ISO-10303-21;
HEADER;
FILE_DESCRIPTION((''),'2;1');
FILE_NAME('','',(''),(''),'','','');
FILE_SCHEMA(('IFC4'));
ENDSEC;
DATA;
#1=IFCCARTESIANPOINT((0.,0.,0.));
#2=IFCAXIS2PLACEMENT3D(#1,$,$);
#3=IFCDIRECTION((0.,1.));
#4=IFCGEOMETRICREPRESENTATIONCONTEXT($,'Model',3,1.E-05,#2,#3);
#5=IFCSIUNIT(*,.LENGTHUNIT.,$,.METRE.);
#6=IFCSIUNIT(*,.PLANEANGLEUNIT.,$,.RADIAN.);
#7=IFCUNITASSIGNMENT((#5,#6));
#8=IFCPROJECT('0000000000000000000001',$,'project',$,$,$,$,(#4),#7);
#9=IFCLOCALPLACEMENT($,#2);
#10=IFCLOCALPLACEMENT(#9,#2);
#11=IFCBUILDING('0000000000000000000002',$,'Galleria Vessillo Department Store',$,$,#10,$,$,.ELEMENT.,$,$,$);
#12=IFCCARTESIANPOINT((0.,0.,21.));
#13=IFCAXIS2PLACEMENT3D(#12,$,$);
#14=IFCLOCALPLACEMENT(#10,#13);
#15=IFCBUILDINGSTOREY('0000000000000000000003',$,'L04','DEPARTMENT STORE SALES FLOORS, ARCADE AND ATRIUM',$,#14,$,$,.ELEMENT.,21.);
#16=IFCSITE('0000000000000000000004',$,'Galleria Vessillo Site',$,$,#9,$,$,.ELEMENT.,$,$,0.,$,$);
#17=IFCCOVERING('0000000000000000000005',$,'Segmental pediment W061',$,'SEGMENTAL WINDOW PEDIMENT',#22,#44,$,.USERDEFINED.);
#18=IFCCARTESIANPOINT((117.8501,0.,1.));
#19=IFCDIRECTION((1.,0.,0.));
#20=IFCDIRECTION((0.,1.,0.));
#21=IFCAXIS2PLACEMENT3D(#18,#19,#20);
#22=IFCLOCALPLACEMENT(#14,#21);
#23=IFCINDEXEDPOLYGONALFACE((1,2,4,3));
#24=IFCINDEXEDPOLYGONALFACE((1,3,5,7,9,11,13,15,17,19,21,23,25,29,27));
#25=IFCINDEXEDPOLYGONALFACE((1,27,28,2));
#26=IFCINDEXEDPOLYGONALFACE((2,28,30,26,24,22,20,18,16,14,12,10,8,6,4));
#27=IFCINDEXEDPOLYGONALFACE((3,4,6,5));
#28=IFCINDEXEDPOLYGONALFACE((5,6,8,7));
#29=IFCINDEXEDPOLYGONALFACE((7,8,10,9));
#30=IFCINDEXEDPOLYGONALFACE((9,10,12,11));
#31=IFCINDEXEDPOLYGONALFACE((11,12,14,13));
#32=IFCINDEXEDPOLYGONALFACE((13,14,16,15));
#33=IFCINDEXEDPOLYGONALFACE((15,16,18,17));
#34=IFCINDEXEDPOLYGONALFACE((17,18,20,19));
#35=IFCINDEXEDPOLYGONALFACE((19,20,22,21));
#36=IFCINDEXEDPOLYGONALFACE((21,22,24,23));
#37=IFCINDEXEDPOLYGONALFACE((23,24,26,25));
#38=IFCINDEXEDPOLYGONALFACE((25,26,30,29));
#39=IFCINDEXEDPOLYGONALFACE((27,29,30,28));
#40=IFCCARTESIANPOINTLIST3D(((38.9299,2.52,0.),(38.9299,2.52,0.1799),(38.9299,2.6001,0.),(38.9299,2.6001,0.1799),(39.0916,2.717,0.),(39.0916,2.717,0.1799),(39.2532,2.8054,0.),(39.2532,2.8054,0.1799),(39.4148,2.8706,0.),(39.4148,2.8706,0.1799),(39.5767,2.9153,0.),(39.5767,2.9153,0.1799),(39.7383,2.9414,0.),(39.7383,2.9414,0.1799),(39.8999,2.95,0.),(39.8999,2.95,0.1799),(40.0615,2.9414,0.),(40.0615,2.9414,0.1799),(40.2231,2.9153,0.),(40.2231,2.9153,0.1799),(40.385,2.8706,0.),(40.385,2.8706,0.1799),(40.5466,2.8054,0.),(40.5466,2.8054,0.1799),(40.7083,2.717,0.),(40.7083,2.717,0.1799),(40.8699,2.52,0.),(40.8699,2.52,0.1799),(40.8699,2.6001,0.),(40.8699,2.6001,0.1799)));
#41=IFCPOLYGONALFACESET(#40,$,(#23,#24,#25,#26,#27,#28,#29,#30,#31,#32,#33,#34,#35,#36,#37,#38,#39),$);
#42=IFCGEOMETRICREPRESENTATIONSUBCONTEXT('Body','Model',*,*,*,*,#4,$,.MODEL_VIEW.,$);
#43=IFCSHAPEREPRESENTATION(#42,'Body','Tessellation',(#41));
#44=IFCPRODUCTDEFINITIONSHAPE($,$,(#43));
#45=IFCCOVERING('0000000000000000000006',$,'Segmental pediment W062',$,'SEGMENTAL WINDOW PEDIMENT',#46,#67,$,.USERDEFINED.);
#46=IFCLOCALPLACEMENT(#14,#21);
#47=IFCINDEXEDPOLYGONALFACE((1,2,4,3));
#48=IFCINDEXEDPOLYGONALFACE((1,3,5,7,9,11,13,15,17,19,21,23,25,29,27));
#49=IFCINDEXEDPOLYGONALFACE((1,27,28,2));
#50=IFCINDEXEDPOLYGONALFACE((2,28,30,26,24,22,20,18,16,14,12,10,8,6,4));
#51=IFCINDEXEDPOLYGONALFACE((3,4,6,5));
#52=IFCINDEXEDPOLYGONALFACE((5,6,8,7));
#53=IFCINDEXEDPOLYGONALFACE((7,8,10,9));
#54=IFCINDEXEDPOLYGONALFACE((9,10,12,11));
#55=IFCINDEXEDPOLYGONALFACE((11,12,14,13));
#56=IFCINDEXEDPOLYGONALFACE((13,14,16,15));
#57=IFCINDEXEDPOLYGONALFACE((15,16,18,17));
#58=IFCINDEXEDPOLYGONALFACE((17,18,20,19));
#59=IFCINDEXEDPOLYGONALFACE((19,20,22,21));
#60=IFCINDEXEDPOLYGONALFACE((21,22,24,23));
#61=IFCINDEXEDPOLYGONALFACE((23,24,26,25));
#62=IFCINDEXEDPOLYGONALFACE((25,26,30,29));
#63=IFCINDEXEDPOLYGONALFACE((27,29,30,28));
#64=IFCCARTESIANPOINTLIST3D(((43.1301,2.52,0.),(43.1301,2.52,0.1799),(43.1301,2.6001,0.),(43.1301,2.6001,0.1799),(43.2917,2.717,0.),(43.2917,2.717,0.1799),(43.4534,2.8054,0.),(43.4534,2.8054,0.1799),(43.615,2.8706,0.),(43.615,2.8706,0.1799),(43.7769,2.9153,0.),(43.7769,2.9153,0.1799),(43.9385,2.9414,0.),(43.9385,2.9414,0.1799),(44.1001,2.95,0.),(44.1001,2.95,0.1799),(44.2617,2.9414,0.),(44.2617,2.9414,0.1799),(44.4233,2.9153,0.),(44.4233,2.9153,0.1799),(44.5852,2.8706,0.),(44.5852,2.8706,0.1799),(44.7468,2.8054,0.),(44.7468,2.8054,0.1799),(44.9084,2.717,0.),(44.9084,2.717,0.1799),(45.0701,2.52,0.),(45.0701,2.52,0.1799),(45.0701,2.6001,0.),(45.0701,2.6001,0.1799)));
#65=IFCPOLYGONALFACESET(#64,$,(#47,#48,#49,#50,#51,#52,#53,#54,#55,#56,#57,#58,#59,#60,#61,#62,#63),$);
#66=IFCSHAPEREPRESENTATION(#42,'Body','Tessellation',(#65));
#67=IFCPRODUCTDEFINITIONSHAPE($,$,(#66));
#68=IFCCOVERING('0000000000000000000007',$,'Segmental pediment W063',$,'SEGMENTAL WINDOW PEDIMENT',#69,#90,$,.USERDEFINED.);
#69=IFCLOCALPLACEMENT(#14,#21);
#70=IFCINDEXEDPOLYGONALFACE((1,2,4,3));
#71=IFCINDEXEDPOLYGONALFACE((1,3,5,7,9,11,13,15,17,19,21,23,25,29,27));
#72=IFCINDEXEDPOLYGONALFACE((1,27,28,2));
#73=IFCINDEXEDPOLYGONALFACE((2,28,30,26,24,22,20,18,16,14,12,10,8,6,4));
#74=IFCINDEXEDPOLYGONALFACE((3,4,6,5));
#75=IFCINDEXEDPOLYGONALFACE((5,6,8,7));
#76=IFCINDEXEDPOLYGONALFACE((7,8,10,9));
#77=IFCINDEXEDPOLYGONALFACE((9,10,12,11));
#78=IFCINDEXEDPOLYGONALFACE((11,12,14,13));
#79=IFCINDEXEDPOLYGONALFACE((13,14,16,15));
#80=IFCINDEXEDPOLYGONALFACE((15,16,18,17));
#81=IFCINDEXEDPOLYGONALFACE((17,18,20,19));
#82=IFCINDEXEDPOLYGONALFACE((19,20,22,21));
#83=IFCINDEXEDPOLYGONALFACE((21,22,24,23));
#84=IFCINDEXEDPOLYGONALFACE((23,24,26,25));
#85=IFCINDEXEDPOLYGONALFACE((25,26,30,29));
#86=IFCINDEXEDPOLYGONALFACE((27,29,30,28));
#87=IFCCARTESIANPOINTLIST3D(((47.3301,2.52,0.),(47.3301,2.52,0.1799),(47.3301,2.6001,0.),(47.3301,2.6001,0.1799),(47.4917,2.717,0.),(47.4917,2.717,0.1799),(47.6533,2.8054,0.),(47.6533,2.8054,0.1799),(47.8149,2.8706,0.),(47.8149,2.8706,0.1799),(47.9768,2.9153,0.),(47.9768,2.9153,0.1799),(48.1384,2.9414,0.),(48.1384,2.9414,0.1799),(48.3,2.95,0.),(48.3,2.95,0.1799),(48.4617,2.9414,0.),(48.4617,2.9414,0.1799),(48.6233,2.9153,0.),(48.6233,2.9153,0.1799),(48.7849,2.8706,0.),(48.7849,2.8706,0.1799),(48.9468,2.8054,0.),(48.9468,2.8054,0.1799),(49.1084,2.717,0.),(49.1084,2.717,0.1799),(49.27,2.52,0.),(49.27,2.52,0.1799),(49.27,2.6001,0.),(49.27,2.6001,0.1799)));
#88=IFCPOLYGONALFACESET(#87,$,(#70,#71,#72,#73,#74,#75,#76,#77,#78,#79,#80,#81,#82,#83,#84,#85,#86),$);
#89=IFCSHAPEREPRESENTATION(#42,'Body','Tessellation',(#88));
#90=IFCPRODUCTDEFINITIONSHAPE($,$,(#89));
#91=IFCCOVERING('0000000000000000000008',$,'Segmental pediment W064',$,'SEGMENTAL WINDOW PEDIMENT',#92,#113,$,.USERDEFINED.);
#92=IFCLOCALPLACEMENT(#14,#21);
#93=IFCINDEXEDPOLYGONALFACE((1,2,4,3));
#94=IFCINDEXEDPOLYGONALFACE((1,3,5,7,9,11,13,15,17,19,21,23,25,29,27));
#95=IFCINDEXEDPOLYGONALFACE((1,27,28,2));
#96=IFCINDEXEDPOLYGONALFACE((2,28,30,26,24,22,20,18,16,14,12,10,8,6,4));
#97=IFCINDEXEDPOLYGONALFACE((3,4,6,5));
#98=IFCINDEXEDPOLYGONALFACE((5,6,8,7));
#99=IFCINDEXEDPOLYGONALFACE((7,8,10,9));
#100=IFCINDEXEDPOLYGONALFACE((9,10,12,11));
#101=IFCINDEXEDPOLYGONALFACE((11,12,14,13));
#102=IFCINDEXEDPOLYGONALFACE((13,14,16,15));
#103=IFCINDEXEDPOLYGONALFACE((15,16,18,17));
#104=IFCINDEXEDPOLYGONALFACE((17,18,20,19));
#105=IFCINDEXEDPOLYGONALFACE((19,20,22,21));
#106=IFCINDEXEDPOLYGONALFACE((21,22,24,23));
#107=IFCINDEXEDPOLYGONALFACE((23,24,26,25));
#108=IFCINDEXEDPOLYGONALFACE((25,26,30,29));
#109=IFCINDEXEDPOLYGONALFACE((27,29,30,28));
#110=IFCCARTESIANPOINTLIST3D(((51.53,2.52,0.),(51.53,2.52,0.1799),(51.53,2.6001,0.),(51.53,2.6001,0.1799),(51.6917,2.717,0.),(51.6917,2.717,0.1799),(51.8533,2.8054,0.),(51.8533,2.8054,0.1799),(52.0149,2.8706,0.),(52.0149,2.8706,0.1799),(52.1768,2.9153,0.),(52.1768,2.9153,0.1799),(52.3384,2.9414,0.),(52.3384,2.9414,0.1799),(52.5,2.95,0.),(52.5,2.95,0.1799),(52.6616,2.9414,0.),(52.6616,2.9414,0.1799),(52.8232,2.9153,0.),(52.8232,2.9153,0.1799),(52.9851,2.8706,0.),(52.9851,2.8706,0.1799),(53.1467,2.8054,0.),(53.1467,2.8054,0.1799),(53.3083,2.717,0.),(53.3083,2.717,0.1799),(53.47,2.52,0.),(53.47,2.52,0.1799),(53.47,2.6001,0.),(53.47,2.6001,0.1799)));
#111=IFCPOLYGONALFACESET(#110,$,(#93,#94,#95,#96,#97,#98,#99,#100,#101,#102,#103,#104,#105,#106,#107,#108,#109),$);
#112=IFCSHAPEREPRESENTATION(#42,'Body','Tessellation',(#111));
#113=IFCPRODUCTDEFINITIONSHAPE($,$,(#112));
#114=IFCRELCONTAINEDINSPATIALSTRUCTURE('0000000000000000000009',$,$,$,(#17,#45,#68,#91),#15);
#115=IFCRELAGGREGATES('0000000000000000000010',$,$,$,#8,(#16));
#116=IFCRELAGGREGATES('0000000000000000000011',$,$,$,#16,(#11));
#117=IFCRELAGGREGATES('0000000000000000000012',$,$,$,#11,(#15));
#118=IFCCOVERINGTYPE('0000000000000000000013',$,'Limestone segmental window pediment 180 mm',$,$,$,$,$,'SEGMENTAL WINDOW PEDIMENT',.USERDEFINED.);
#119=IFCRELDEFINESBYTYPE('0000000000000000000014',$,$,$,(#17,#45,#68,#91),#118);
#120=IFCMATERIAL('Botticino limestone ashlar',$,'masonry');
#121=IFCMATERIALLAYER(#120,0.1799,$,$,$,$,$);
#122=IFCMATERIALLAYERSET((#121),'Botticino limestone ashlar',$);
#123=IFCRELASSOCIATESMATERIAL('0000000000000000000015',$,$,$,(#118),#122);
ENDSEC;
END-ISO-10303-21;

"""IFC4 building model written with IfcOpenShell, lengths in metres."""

from ifc_helpers import new_model, si_unit, direction, frame, origin, place, context, subcontext, project, spatial, polyline, outline, extrude, material, layer, layer_set, type_object, element, save


model = new_model("IFC4")

# Units and contexts
model_context = context("Model", 3, precision=1e-05, world=origin(), true_north=direction((0.0, 1.0)))
body_context = subcontext(model_context, "Body", "Model", "MODEL_VIEW")
ifc_project = project(units=[si_unit("LENGTHUNIT", "METRE"), si_unit("PLANEANGLEUNIT", "RADIAN")], contexts=[model_context])

# Site, building, storey
site_placement = place(None, origin())
site = spatial("IfcSite", under=ifc_project, at=site_placement, Name="Galleria Vessillo Site", CompositionType="ELEMENT", RefElevation=0.0)
building_placement = place(site_placement, origin())
building = spatial("IfcBuilding", under=site, at=building_placement, Name="Galleria Vessillo Department Store", CompositionType="ELEMENT")
storey_placement = place(building_placement, frame((0.0, 0.0, 21.0)))
storey = spatial("IfcBuildingStorey", under=building, at=storey_placement, Name="L04", Description="DEPARTMENT STORE SALES FLOORS, ARCADE AND ATRIUM", CompositionType="ELEMENT", Elevation=21.0)

# Coverings
ifc_material_1 = material(Name="Botticino limestone ashlar", Category="masonry")
ifc_layer_1 = layer(ifc_material_1, 0.1799)
ifc_layer_set_1 = layer_set([ifc_layer_1], Name="Botticino limestone ashlar")
covering_type_1 = type_object("IfcCoveringType", Name="Limestone segmental window pediment 180 mm", ElementType="SEGMENTAL WINDOW PEDIMENT", PredefinedType="USERDEFINED", material=ifc_layer_set_1)
covering_1_placement = place(storey_placement, frame((117.8501, 0.0, 1.0), z_axis=(1.0, 0.0, 0.0), x_axis=(0.0, 1.0, 0.0)))
element("IfcCovering", 1, at=covering_1_placement, inside=storey, type_object=covering_type_1, Name="Segmental pediment W061", ObjectType="SEGMENTAL WINDOW PEDIMENT", PredefinedType="USERDEFINED", context=body_context, shape_type="SweptSolid", body=[
    extrude(outline(polyline([(38.9299, 2.52), (40.8699, 2.52), (40.8699, 2.6001), (40.7083, 2.717), (40.5466, 2.8054), (40.385, 2.8706), (40.2231, 2.9153), (40.0615, 2.9414), (39.8999, 2.95), (39.7383, 2.9414), (39.5767, 2.9153), (39.4148, 2.8706), (39.2532, 2.8054), (39.0916, 2.717), (38.9299, 2.6001), (38.9299, 2.52)])), origin(), (0.0, 0.0, 1.0), 0.1799),
])
covering_2_placement = place(storey_placement, frame((117.8501, 0.0, 1.0), z_axis=(1.0, 0.0, 0.0), x_axis=(0.0, 1.0, 0.0)))
element("IfcCovering", 2, at=covering_2_placement, inside=storey, type_object=covering_type_1, Name="Segmental pediment W062", ObjectType="SEGMENTAL WINDOW PEDIMENT", PredefinedType="USERDEFINED", context=body_context, shape_type="SweptSolid", body=[
    extrude(outline(polyline([(43.1301, 2.52), (45.0701, 2.52), (45.0701, 2.6001), (44.9084, 2.717), (44.7468, 2.8054), (44.5852, 2.8706), (44.4233, 2.9153), (44.2617, 2.9414), (44.1001, 2.95), (43.9385, 2.9414), (43.7769, 2.9153), (43.615, 2.8706), (43.4534, 2.8054), (43.2917, 2.717), (43.1301, 2.6001), (43.1301, 2.52)])), origin(), (0.0, 0.0, 1.0), 0.1799),
])
covering_3_placement = place(storey_placement, frame((117.8501, 0.0, 1.0), z_axis=(1.0, 0.0, 0.0), x_axis=(0.0, 1.0, 0.0)))
element("IfcCovering", 3, at=covering_3_placement, inside=storey, type_object=covering_type_1, Name="Segmental pediment W063", ObjectType="SEGMENTAL WINDOW PEDIMENT", PredefinedType="USERDEFINED", context=body_context, shape_type="SweptSolid", body=[
    extrude(outline(polyline([(47.3301, 2.52), (49.27, 2.52), (49.27, 2.6001), (49.1084, 2.717), (48.9468, 2.8054), (48.7849, 2.8706), (48.6233, 2.9153), (48.4617, 2.9414), (48.3, 2.95), (48.1384, 2.9414), (47.9768, 2.9153), (47.8149, 2.8706), (47.6533, 2.8054), (47.4917, 2.717), (47.3301, 2.6001), (47.3301, 2.52)])), origin(), (0.0, 0.0, 1.0), 0.1799),
])
covering_4_placement = place(storey_placement, frame((117.8501, 0.0, 1.0), z_axis=(1.0, 0.0, 0.0), x_axis=(0.0, 1.0, 0.0)))
element("IfcCovering", 4, at=covering_4_placement, inside=storey, type_object=covering_type_1, Name="Segmental pediment W064", ObjectType="SEGMENTAL WINDOW PEDIMENT", PredefinedType="USERDEFINED", context=body_context, shape_type="SweptSolid", body=[
    extrude(outline(polyline([(51.53, 2.52), (53.47, 2.52), (53.47, 2.6001), (53.3083, 2.717), (53.1467, 2.8054), (52.9851, 2.8706), (52.8232, 2.9153), (52.6616, 2.9414), (52.5, 2.95), (52.3384, 2.9414), (52.1768, 2.9153), (52.0149, 2.8706), (51.8533, 2.8054), (51.6917, 2.717), (51.53, 2.6001), (51.53, 2.52)])), origin(), (0.0, 0.0, 1.0), 0.1799),
])

save(model, "model.ifc")
